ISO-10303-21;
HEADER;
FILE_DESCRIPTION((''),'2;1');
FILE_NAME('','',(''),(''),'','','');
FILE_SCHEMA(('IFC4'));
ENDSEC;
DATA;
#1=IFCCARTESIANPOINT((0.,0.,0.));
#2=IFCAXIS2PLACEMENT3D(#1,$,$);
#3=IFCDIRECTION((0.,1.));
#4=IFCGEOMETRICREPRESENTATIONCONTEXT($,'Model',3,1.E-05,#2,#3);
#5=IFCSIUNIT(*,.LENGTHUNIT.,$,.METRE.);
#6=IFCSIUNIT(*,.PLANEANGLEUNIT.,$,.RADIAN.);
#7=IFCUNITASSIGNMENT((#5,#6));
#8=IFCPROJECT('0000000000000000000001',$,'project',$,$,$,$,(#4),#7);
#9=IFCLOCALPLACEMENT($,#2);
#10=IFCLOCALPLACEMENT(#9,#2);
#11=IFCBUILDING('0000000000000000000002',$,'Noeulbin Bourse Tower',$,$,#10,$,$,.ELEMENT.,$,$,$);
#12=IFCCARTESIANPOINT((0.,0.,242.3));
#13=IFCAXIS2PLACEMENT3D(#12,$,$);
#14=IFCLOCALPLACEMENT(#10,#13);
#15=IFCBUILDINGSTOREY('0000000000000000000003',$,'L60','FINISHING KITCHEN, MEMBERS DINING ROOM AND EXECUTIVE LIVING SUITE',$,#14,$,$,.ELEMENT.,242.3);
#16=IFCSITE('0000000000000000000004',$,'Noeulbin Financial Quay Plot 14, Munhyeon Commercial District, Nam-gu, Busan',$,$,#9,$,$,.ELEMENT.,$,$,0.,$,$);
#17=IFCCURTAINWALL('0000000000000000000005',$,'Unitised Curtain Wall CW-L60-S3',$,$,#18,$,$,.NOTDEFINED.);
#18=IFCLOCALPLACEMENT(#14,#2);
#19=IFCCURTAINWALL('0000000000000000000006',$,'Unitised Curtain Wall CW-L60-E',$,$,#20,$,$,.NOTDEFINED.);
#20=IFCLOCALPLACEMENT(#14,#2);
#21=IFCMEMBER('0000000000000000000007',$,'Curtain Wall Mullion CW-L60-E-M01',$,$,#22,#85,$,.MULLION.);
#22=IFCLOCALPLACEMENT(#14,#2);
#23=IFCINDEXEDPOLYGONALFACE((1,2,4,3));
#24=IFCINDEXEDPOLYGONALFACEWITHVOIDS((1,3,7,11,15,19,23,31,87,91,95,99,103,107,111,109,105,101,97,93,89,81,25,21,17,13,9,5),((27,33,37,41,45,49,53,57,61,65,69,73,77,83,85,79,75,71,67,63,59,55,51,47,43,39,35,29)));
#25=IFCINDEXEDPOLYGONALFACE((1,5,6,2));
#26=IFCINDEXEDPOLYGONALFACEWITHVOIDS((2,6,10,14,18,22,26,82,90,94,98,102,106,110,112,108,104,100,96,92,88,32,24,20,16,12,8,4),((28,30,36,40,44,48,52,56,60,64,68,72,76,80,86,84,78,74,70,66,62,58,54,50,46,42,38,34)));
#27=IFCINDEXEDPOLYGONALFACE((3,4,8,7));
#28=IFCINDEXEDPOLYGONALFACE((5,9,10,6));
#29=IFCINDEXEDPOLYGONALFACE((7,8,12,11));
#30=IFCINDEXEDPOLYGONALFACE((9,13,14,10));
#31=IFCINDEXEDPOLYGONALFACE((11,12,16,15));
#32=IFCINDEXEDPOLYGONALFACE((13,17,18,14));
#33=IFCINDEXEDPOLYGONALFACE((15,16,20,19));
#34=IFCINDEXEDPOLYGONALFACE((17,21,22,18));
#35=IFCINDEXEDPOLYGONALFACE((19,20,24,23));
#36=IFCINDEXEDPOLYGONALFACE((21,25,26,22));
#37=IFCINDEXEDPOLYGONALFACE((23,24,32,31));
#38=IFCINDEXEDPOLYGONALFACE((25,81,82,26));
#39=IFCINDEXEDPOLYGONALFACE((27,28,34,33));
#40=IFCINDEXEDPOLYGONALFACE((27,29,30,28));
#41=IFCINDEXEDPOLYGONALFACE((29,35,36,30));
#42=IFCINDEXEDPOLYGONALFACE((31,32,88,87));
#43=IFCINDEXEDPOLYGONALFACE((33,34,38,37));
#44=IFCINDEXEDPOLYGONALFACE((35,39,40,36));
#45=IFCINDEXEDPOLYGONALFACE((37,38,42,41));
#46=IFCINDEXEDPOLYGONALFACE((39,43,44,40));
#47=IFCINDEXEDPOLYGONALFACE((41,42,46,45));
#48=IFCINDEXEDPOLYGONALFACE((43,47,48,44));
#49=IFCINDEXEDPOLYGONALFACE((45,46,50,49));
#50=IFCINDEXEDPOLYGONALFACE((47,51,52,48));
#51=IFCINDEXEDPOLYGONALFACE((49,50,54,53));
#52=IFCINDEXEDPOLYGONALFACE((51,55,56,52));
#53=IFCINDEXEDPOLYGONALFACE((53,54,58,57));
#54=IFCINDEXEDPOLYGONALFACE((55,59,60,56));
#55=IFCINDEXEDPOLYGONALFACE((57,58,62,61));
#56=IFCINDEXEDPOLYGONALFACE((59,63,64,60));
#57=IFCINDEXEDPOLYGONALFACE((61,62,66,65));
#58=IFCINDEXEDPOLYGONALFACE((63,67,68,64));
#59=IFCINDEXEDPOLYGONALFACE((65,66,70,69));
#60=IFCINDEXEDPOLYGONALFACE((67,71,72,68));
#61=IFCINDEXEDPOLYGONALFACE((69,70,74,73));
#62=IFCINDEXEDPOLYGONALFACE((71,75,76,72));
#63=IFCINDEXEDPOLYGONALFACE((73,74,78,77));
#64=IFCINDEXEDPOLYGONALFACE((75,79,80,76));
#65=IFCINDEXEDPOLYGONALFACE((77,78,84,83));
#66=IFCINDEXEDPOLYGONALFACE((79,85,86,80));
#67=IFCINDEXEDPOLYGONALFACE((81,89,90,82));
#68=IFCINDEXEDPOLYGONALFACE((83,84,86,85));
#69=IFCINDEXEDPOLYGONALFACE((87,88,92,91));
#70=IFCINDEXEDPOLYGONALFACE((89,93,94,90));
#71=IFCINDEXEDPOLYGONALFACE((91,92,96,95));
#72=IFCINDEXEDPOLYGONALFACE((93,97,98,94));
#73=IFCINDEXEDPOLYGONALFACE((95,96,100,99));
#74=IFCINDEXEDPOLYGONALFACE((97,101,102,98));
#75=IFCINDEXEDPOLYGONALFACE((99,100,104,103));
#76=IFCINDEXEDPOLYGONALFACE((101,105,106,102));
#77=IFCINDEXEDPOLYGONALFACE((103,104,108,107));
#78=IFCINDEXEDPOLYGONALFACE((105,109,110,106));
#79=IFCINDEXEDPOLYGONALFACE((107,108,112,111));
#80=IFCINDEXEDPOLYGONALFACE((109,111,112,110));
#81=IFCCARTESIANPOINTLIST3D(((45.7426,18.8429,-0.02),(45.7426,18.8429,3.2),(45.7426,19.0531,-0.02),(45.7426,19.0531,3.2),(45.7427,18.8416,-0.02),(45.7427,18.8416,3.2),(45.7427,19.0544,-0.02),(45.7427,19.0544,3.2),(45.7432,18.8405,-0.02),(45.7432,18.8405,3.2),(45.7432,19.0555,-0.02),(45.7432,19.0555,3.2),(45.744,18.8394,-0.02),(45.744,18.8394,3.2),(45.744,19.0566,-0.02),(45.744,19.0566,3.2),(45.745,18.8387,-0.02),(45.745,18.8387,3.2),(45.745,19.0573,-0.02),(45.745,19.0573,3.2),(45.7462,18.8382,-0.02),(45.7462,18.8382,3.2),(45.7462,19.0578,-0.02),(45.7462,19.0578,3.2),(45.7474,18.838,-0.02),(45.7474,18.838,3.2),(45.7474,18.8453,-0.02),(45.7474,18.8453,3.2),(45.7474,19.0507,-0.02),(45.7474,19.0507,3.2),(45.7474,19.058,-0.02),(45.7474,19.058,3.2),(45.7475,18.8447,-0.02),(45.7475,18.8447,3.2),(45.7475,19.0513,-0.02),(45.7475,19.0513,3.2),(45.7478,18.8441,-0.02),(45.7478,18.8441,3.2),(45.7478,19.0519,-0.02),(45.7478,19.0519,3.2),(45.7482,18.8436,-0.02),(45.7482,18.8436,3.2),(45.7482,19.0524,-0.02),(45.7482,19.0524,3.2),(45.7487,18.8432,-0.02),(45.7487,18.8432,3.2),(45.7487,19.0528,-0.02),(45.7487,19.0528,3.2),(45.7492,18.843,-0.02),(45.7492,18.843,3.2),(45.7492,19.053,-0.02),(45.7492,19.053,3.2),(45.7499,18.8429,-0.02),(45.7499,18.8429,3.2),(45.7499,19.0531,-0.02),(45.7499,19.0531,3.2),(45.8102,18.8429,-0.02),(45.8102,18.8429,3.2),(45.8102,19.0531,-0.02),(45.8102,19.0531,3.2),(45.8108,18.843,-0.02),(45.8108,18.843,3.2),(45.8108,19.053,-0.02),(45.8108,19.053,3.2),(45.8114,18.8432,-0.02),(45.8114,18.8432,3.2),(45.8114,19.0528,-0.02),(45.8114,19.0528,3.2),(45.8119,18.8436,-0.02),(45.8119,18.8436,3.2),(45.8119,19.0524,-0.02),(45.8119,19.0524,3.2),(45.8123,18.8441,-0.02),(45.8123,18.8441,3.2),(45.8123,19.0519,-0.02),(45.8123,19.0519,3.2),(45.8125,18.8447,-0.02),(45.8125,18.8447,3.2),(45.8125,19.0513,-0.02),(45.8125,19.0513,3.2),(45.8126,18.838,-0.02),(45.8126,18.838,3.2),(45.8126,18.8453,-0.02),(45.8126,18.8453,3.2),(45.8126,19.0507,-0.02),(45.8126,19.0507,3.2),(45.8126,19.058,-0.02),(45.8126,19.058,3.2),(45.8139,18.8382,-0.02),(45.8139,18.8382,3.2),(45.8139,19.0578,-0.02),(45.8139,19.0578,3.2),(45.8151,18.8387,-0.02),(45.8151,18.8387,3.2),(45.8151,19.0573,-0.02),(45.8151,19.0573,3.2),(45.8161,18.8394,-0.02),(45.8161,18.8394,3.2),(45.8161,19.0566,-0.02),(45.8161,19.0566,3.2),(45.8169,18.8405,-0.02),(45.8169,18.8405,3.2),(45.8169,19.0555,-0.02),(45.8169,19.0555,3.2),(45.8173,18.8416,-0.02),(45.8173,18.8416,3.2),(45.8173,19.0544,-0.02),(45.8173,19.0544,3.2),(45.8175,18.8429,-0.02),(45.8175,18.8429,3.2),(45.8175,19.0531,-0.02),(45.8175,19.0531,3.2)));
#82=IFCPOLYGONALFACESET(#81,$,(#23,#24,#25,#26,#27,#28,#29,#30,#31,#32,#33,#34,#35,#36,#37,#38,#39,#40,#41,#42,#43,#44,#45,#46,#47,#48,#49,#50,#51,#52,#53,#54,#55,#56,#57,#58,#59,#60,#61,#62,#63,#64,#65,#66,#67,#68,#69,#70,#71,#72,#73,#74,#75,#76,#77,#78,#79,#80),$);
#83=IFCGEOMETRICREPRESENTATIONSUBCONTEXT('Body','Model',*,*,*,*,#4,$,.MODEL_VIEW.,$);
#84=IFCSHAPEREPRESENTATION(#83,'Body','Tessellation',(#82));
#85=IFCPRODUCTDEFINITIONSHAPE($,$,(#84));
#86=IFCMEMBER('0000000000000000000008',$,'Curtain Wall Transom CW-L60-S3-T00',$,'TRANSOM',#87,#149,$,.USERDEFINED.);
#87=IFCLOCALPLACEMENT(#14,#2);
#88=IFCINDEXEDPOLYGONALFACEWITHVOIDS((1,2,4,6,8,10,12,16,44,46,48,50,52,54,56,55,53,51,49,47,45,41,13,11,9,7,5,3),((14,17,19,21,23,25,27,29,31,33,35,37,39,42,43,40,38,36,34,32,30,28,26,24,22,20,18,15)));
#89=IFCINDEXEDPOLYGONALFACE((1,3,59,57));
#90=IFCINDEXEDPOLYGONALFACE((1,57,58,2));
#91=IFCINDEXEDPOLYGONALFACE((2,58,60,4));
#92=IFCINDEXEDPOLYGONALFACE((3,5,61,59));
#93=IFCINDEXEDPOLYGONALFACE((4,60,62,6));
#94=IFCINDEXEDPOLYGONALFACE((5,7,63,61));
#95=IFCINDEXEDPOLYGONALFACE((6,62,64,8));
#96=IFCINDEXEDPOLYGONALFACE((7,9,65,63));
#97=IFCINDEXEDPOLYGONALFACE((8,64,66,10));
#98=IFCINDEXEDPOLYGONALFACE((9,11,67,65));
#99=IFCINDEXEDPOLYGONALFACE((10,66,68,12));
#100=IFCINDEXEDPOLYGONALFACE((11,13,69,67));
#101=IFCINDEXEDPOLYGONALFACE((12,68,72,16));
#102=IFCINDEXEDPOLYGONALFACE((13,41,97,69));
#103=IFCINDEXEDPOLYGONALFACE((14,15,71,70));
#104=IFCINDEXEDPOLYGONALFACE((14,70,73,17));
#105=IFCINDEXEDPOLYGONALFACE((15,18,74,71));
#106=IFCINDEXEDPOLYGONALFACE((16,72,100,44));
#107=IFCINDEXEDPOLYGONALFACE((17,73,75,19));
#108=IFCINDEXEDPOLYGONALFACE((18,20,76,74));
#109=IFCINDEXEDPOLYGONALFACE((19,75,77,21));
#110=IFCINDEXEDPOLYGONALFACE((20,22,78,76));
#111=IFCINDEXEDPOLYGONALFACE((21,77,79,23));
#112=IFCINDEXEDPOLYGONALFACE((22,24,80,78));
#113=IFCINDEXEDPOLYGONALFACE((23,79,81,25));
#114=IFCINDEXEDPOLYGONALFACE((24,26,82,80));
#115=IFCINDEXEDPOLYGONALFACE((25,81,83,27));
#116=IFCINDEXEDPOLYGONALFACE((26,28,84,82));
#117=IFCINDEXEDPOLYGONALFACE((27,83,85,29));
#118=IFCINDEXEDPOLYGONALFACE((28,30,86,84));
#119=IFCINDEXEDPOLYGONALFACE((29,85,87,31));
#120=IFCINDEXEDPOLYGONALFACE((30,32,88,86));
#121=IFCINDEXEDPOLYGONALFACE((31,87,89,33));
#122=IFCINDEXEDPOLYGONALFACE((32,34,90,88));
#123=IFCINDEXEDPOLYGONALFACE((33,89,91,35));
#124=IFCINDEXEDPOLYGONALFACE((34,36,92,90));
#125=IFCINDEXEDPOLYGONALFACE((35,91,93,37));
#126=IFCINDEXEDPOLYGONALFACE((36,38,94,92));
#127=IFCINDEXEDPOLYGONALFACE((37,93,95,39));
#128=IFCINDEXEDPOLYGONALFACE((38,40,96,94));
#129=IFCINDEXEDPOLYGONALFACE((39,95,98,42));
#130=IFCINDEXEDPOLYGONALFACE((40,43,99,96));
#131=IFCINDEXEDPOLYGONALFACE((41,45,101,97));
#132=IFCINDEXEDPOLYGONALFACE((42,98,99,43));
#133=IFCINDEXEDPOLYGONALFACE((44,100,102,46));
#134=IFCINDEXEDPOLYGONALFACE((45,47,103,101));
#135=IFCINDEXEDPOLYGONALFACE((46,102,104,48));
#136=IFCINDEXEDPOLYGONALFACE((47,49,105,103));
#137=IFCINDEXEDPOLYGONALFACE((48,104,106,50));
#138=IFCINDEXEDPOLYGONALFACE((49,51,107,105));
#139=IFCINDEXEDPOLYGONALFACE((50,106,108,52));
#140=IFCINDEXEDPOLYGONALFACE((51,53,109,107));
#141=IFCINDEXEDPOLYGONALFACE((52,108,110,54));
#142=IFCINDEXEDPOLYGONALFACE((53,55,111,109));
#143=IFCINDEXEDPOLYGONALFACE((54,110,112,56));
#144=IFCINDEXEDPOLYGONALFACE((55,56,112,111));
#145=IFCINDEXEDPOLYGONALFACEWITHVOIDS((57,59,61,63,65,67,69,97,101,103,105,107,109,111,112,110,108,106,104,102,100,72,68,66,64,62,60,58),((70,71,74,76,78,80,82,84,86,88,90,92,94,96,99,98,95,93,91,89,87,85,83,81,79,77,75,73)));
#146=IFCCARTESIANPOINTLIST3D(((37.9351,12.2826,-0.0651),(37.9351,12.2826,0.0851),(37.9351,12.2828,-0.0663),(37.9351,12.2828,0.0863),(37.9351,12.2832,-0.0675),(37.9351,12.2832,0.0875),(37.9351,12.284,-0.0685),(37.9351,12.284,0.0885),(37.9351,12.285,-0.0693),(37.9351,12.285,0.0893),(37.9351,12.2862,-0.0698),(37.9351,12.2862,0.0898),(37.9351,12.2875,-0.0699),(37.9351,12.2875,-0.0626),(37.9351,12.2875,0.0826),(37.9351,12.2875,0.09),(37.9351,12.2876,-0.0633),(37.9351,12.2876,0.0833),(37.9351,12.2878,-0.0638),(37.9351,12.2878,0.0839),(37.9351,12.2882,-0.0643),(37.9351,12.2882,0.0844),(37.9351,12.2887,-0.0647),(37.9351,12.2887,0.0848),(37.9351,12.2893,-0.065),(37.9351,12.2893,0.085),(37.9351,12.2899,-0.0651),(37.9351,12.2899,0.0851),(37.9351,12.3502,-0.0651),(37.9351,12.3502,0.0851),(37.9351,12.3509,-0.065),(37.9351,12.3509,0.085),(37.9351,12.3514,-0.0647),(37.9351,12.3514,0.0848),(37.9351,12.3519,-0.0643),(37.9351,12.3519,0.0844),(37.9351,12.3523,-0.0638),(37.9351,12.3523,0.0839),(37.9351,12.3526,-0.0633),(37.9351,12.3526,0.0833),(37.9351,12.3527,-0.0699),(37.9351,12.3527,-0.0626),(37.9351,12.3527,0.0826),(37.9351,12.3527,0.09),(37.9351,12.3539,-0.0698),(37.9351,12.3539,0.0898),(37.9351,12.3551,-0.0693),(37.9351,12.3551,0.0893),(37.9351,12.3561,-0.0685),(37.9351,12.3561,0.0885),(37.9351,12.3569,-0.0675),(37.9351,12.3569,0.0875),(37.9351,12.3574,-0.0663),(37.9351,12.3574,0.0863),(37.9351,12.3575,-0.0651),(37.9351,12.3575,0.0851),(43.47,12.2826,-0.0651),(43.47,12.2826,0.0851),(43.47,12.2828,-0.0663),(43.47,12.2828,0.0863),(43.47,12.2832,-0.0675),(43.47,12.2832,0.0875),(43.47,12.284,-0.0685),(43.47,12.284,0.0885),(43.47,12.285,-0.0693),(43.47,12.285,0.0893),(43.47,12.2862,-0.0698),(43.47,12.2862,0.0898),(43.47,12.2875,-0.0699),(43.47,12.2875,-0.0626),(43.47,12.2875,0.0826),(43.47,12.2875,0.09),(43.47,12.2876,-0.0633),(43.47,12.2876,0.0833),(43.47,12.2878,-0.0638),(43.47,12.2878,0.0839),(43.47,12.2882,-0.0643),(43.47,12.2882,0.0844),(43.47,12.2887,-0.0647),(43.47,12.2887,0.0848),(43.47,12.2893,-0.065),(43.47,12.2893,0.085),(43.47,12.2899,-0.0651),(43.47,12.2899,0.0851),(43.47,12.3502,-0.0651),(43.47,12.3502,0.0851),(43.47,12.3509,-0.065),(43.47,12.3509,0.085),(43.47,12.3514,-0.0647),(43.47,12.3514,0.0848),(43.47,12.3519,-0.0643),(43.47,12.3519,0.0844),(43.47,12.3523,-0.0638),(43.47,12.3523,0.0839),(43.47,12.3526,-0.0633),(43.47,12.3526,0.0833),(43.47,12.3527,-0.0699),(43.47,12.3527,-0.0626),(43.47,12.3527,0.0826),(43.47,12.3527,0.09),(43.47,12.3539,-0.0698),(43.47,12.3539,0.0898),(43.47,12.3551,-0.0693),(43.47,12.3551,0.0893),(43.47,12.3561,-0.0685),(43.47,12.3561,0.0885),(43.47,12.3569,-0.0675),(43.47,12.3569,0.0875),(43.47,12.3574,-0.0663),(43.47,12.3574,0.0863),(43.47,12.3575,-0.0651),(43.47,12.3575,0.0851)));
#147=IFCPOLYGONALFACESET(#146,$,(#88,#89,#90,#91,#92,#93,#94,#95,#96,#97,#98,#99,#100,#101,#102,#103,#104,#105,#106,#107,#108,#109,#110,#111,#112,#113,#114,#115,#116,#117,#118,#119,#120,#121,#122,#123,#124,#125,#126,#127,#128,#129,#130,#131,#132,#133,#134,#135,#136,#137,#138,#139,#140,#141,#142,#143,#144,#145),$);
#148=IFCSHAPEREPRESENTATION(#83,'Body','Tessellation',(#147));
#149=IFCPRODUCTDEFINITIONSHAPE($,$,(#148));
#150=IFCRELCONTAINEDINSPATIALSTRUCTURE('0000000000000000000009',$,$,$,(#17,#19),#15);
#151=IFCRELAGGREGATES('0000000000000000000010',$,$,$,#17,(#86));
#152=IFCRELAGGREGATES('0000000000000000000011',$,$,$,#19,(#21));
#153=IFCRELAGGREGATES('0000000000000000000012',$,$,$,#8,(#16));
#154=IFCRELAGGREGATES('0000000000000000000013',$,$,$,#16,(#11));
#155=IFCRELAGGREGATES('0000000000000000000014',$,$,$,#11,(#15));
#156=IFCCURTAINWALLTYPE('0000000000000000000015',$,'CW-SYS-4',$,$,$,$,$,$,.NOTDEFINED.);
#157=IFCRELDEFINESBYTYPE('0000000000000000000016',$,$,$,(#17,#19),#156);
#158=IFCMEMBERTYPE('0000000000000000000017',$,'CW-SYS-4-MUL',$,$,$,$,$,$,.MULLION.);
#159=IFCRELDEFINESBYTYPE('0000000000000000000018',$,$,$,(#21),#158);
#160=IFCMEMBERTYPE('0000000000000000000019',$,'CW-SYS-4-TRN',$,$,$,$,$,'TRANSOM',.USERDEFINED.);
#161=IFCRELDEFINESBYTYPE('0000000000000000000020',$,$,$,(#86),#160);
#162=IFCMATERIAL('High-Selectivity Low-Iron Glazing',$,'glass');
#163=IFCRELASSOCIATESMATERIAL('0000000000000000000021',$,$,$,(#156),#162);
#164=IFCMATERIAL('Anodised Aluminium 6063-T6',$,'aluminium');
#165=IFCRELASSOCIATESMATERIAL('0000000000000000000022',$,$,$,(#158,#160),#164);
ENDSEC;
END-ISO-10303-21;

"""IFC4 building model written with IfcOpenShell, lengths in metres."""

from ifc_helpers import new_model, si_unit, direction, frame, origin, origin_2d, place, context, subcontext, project, spatial, hollow_rectangle, extrude, material, material_profile, profile_set, type_object, element, aggregate, save


model = new_model("IFC4")

# Units and contexts
model_context = context("Model", 3, precision=1e-05, world=origin(), true_north=direction((0.0, 1.0)))
body_context = subcontext(model_context, "Body", "Model", "MODEL_VIEW")
ifc_project = project(units=[si_unit("LENGTHUNIT", "METRE"), si_unit("PLANEANGLEUNIT", "RADIAN")], contexts=[model_context])

# Site, building, storey
site_placement = place(None, origin())
site = spatial("IfcSite", under=ifc_project, at=site_placement, Name="Noeulbin Financial Quay Plot 14, Munhyeon Commercial District, Nam-gu, Busan", CompositionType="ELEMENT", RefElevation=0.0)
building_placement = place(site_placement, origin())
building = spatial("IfcBuilding", under=site, at=building_placement, Name="Noeulbin Bourse Tower", CompositionType="ELEMENT")
storey_placement = place(building_placement, frame((0.0, 0.0, 242.3)))
storey = spatial("IfcBuildingStorey", under=building, at=storey_placement, Name="L60", Description="FINISHING KITCHEN, MEMBERS DINING ROOM AND EXECUTIVE LIVING SUITE", CompositionType="ELEMENT", Elevation=242.3)

# Curtain walls, member
ifc_material_1 = material(Name="High-Selectivity Low-Iron Glazing", Category="glass")
curtain_wall_type = type_object("IfcCurtainWallType", Name="CW-SYS-4", PredefinedType="NOTDEFINED", material=ifc_material_1)
curtain_wall_1_placement = place(storey_placement, origin())
curtain_wall_1 = element("IfcCurtainWall", 1, at=curtain_wall_1_placement, inside=storey, type_object=curtain_wall_type, Name="Unitised Curtain Wall CW-L60-S3", PredefinedType="NOTDEFINED")
ifc_material_2 = material(Name="Anodised Aluminium 6063-T6", Category="aluminium")
ifc_material_profile_1 = material_profile(ifc_material_2, hollow_rectangle(XDim=0.075, YDim=0.22, WallThickness=0.0049, InnerFilletRadius=0.0024, OuterFilletRadius=0.0049, at=origin_2d()), Name="ALU-MULL-75x220x5", Category="LoadBearing")
ifc_profile_set_1 = profile_set([ifc_material_profile_1], Name="Anodised Aluminium 6063-T6")
member_type_1 = type_object("IfcMemberType", Name="CW-SYS-4-MUL", PredefinedType="MULLION", material=ifc_profile_set_1)
curtain_wall_2_placement = place(storey_placement, origin())
curtain_wall_2 = element("IfcCurtainWall", 2, at=curtain_wall_2_placement, inside=storey, type_object=curtain_wall_type, Name="Unitised Curtain Wall CW-L60-E", PredefinedType="NOTDEFINED")
member_1_placement = place(storey_placement, frame((45.78, 18.948, -0.02), z_axis=(0.0, 0.0, 1.0), x_axis=(1.0, 0.0, 0.0)))
member_1 = element("IfcMember", 3, at=member_1_placement, type_object=member_type_1, Name="Curtain Wall Mullion CW-L60-E-M01", PredefinedType="MULLION", context=body_context, shape_type="SweptSolid", body=[
    extrude(hollow_rectangle(XDim=0.075, YDim=0.22, WallThickness=0.0049, InnerFilletRadius=0.0024, OuterFilletRadius=0.0049, at=origin_2d()), origin(), (0.0, 0.0, 1.0), 3.22),
])

# Member
ifc_material_profile_2 = material_profile(ifc_material_2, hollow_rectangle(XDim=0.075, YDim=0.1599, WallThickness=0.0049, InnerFilletRadius=0.0024, OuterFilletRadius=0.0049, at=origin_2d()), Name="ALU-TRAN-75x160x5", Category="LoadBearing")
ifc_profile_set_2 = profile_set([ifc_material_profile_2], Name="Anodised Aluminium 6063-T6")
member_type_2 = type_object("IfcMemberType", Name="CW-SYS-4-TRN", ElementType="TRANSOM", PredefinedType="USERDEFINED", material=ifc_profile_set_2)
member_2_placement = place(storey_placement, frame((37.9351, 12.3201, 0.01), z_axis=(1.0, 0.0, 0.0), x_axis=(0.0, 1.0, 0.0)))
member_2 = element("IfcMember", 4, at=member_2_placement, type_object=member_type_2, Name="Curtain Wall Transom CW-L60-S3-T00", ObjectType="TRANSOM", PredefinedType="USERDEFINED", context=body_context, shape_type="SweptSolid", body=[
    extrude(hollow_rectangle(XDim=0.075, YDim=0.1599, WallThickness=0.0049, InnerFilletRadius=0.0024, OuterFilletRadius=0.0049, at=origin_2d()), origin(), (0.0, 0.0, 1.0), 5.5349),
])

aggregate(curtain_wall_1, [member_2])
aggregate(curtain_wall_2, [member_1])

save(model, "model.ifc")
